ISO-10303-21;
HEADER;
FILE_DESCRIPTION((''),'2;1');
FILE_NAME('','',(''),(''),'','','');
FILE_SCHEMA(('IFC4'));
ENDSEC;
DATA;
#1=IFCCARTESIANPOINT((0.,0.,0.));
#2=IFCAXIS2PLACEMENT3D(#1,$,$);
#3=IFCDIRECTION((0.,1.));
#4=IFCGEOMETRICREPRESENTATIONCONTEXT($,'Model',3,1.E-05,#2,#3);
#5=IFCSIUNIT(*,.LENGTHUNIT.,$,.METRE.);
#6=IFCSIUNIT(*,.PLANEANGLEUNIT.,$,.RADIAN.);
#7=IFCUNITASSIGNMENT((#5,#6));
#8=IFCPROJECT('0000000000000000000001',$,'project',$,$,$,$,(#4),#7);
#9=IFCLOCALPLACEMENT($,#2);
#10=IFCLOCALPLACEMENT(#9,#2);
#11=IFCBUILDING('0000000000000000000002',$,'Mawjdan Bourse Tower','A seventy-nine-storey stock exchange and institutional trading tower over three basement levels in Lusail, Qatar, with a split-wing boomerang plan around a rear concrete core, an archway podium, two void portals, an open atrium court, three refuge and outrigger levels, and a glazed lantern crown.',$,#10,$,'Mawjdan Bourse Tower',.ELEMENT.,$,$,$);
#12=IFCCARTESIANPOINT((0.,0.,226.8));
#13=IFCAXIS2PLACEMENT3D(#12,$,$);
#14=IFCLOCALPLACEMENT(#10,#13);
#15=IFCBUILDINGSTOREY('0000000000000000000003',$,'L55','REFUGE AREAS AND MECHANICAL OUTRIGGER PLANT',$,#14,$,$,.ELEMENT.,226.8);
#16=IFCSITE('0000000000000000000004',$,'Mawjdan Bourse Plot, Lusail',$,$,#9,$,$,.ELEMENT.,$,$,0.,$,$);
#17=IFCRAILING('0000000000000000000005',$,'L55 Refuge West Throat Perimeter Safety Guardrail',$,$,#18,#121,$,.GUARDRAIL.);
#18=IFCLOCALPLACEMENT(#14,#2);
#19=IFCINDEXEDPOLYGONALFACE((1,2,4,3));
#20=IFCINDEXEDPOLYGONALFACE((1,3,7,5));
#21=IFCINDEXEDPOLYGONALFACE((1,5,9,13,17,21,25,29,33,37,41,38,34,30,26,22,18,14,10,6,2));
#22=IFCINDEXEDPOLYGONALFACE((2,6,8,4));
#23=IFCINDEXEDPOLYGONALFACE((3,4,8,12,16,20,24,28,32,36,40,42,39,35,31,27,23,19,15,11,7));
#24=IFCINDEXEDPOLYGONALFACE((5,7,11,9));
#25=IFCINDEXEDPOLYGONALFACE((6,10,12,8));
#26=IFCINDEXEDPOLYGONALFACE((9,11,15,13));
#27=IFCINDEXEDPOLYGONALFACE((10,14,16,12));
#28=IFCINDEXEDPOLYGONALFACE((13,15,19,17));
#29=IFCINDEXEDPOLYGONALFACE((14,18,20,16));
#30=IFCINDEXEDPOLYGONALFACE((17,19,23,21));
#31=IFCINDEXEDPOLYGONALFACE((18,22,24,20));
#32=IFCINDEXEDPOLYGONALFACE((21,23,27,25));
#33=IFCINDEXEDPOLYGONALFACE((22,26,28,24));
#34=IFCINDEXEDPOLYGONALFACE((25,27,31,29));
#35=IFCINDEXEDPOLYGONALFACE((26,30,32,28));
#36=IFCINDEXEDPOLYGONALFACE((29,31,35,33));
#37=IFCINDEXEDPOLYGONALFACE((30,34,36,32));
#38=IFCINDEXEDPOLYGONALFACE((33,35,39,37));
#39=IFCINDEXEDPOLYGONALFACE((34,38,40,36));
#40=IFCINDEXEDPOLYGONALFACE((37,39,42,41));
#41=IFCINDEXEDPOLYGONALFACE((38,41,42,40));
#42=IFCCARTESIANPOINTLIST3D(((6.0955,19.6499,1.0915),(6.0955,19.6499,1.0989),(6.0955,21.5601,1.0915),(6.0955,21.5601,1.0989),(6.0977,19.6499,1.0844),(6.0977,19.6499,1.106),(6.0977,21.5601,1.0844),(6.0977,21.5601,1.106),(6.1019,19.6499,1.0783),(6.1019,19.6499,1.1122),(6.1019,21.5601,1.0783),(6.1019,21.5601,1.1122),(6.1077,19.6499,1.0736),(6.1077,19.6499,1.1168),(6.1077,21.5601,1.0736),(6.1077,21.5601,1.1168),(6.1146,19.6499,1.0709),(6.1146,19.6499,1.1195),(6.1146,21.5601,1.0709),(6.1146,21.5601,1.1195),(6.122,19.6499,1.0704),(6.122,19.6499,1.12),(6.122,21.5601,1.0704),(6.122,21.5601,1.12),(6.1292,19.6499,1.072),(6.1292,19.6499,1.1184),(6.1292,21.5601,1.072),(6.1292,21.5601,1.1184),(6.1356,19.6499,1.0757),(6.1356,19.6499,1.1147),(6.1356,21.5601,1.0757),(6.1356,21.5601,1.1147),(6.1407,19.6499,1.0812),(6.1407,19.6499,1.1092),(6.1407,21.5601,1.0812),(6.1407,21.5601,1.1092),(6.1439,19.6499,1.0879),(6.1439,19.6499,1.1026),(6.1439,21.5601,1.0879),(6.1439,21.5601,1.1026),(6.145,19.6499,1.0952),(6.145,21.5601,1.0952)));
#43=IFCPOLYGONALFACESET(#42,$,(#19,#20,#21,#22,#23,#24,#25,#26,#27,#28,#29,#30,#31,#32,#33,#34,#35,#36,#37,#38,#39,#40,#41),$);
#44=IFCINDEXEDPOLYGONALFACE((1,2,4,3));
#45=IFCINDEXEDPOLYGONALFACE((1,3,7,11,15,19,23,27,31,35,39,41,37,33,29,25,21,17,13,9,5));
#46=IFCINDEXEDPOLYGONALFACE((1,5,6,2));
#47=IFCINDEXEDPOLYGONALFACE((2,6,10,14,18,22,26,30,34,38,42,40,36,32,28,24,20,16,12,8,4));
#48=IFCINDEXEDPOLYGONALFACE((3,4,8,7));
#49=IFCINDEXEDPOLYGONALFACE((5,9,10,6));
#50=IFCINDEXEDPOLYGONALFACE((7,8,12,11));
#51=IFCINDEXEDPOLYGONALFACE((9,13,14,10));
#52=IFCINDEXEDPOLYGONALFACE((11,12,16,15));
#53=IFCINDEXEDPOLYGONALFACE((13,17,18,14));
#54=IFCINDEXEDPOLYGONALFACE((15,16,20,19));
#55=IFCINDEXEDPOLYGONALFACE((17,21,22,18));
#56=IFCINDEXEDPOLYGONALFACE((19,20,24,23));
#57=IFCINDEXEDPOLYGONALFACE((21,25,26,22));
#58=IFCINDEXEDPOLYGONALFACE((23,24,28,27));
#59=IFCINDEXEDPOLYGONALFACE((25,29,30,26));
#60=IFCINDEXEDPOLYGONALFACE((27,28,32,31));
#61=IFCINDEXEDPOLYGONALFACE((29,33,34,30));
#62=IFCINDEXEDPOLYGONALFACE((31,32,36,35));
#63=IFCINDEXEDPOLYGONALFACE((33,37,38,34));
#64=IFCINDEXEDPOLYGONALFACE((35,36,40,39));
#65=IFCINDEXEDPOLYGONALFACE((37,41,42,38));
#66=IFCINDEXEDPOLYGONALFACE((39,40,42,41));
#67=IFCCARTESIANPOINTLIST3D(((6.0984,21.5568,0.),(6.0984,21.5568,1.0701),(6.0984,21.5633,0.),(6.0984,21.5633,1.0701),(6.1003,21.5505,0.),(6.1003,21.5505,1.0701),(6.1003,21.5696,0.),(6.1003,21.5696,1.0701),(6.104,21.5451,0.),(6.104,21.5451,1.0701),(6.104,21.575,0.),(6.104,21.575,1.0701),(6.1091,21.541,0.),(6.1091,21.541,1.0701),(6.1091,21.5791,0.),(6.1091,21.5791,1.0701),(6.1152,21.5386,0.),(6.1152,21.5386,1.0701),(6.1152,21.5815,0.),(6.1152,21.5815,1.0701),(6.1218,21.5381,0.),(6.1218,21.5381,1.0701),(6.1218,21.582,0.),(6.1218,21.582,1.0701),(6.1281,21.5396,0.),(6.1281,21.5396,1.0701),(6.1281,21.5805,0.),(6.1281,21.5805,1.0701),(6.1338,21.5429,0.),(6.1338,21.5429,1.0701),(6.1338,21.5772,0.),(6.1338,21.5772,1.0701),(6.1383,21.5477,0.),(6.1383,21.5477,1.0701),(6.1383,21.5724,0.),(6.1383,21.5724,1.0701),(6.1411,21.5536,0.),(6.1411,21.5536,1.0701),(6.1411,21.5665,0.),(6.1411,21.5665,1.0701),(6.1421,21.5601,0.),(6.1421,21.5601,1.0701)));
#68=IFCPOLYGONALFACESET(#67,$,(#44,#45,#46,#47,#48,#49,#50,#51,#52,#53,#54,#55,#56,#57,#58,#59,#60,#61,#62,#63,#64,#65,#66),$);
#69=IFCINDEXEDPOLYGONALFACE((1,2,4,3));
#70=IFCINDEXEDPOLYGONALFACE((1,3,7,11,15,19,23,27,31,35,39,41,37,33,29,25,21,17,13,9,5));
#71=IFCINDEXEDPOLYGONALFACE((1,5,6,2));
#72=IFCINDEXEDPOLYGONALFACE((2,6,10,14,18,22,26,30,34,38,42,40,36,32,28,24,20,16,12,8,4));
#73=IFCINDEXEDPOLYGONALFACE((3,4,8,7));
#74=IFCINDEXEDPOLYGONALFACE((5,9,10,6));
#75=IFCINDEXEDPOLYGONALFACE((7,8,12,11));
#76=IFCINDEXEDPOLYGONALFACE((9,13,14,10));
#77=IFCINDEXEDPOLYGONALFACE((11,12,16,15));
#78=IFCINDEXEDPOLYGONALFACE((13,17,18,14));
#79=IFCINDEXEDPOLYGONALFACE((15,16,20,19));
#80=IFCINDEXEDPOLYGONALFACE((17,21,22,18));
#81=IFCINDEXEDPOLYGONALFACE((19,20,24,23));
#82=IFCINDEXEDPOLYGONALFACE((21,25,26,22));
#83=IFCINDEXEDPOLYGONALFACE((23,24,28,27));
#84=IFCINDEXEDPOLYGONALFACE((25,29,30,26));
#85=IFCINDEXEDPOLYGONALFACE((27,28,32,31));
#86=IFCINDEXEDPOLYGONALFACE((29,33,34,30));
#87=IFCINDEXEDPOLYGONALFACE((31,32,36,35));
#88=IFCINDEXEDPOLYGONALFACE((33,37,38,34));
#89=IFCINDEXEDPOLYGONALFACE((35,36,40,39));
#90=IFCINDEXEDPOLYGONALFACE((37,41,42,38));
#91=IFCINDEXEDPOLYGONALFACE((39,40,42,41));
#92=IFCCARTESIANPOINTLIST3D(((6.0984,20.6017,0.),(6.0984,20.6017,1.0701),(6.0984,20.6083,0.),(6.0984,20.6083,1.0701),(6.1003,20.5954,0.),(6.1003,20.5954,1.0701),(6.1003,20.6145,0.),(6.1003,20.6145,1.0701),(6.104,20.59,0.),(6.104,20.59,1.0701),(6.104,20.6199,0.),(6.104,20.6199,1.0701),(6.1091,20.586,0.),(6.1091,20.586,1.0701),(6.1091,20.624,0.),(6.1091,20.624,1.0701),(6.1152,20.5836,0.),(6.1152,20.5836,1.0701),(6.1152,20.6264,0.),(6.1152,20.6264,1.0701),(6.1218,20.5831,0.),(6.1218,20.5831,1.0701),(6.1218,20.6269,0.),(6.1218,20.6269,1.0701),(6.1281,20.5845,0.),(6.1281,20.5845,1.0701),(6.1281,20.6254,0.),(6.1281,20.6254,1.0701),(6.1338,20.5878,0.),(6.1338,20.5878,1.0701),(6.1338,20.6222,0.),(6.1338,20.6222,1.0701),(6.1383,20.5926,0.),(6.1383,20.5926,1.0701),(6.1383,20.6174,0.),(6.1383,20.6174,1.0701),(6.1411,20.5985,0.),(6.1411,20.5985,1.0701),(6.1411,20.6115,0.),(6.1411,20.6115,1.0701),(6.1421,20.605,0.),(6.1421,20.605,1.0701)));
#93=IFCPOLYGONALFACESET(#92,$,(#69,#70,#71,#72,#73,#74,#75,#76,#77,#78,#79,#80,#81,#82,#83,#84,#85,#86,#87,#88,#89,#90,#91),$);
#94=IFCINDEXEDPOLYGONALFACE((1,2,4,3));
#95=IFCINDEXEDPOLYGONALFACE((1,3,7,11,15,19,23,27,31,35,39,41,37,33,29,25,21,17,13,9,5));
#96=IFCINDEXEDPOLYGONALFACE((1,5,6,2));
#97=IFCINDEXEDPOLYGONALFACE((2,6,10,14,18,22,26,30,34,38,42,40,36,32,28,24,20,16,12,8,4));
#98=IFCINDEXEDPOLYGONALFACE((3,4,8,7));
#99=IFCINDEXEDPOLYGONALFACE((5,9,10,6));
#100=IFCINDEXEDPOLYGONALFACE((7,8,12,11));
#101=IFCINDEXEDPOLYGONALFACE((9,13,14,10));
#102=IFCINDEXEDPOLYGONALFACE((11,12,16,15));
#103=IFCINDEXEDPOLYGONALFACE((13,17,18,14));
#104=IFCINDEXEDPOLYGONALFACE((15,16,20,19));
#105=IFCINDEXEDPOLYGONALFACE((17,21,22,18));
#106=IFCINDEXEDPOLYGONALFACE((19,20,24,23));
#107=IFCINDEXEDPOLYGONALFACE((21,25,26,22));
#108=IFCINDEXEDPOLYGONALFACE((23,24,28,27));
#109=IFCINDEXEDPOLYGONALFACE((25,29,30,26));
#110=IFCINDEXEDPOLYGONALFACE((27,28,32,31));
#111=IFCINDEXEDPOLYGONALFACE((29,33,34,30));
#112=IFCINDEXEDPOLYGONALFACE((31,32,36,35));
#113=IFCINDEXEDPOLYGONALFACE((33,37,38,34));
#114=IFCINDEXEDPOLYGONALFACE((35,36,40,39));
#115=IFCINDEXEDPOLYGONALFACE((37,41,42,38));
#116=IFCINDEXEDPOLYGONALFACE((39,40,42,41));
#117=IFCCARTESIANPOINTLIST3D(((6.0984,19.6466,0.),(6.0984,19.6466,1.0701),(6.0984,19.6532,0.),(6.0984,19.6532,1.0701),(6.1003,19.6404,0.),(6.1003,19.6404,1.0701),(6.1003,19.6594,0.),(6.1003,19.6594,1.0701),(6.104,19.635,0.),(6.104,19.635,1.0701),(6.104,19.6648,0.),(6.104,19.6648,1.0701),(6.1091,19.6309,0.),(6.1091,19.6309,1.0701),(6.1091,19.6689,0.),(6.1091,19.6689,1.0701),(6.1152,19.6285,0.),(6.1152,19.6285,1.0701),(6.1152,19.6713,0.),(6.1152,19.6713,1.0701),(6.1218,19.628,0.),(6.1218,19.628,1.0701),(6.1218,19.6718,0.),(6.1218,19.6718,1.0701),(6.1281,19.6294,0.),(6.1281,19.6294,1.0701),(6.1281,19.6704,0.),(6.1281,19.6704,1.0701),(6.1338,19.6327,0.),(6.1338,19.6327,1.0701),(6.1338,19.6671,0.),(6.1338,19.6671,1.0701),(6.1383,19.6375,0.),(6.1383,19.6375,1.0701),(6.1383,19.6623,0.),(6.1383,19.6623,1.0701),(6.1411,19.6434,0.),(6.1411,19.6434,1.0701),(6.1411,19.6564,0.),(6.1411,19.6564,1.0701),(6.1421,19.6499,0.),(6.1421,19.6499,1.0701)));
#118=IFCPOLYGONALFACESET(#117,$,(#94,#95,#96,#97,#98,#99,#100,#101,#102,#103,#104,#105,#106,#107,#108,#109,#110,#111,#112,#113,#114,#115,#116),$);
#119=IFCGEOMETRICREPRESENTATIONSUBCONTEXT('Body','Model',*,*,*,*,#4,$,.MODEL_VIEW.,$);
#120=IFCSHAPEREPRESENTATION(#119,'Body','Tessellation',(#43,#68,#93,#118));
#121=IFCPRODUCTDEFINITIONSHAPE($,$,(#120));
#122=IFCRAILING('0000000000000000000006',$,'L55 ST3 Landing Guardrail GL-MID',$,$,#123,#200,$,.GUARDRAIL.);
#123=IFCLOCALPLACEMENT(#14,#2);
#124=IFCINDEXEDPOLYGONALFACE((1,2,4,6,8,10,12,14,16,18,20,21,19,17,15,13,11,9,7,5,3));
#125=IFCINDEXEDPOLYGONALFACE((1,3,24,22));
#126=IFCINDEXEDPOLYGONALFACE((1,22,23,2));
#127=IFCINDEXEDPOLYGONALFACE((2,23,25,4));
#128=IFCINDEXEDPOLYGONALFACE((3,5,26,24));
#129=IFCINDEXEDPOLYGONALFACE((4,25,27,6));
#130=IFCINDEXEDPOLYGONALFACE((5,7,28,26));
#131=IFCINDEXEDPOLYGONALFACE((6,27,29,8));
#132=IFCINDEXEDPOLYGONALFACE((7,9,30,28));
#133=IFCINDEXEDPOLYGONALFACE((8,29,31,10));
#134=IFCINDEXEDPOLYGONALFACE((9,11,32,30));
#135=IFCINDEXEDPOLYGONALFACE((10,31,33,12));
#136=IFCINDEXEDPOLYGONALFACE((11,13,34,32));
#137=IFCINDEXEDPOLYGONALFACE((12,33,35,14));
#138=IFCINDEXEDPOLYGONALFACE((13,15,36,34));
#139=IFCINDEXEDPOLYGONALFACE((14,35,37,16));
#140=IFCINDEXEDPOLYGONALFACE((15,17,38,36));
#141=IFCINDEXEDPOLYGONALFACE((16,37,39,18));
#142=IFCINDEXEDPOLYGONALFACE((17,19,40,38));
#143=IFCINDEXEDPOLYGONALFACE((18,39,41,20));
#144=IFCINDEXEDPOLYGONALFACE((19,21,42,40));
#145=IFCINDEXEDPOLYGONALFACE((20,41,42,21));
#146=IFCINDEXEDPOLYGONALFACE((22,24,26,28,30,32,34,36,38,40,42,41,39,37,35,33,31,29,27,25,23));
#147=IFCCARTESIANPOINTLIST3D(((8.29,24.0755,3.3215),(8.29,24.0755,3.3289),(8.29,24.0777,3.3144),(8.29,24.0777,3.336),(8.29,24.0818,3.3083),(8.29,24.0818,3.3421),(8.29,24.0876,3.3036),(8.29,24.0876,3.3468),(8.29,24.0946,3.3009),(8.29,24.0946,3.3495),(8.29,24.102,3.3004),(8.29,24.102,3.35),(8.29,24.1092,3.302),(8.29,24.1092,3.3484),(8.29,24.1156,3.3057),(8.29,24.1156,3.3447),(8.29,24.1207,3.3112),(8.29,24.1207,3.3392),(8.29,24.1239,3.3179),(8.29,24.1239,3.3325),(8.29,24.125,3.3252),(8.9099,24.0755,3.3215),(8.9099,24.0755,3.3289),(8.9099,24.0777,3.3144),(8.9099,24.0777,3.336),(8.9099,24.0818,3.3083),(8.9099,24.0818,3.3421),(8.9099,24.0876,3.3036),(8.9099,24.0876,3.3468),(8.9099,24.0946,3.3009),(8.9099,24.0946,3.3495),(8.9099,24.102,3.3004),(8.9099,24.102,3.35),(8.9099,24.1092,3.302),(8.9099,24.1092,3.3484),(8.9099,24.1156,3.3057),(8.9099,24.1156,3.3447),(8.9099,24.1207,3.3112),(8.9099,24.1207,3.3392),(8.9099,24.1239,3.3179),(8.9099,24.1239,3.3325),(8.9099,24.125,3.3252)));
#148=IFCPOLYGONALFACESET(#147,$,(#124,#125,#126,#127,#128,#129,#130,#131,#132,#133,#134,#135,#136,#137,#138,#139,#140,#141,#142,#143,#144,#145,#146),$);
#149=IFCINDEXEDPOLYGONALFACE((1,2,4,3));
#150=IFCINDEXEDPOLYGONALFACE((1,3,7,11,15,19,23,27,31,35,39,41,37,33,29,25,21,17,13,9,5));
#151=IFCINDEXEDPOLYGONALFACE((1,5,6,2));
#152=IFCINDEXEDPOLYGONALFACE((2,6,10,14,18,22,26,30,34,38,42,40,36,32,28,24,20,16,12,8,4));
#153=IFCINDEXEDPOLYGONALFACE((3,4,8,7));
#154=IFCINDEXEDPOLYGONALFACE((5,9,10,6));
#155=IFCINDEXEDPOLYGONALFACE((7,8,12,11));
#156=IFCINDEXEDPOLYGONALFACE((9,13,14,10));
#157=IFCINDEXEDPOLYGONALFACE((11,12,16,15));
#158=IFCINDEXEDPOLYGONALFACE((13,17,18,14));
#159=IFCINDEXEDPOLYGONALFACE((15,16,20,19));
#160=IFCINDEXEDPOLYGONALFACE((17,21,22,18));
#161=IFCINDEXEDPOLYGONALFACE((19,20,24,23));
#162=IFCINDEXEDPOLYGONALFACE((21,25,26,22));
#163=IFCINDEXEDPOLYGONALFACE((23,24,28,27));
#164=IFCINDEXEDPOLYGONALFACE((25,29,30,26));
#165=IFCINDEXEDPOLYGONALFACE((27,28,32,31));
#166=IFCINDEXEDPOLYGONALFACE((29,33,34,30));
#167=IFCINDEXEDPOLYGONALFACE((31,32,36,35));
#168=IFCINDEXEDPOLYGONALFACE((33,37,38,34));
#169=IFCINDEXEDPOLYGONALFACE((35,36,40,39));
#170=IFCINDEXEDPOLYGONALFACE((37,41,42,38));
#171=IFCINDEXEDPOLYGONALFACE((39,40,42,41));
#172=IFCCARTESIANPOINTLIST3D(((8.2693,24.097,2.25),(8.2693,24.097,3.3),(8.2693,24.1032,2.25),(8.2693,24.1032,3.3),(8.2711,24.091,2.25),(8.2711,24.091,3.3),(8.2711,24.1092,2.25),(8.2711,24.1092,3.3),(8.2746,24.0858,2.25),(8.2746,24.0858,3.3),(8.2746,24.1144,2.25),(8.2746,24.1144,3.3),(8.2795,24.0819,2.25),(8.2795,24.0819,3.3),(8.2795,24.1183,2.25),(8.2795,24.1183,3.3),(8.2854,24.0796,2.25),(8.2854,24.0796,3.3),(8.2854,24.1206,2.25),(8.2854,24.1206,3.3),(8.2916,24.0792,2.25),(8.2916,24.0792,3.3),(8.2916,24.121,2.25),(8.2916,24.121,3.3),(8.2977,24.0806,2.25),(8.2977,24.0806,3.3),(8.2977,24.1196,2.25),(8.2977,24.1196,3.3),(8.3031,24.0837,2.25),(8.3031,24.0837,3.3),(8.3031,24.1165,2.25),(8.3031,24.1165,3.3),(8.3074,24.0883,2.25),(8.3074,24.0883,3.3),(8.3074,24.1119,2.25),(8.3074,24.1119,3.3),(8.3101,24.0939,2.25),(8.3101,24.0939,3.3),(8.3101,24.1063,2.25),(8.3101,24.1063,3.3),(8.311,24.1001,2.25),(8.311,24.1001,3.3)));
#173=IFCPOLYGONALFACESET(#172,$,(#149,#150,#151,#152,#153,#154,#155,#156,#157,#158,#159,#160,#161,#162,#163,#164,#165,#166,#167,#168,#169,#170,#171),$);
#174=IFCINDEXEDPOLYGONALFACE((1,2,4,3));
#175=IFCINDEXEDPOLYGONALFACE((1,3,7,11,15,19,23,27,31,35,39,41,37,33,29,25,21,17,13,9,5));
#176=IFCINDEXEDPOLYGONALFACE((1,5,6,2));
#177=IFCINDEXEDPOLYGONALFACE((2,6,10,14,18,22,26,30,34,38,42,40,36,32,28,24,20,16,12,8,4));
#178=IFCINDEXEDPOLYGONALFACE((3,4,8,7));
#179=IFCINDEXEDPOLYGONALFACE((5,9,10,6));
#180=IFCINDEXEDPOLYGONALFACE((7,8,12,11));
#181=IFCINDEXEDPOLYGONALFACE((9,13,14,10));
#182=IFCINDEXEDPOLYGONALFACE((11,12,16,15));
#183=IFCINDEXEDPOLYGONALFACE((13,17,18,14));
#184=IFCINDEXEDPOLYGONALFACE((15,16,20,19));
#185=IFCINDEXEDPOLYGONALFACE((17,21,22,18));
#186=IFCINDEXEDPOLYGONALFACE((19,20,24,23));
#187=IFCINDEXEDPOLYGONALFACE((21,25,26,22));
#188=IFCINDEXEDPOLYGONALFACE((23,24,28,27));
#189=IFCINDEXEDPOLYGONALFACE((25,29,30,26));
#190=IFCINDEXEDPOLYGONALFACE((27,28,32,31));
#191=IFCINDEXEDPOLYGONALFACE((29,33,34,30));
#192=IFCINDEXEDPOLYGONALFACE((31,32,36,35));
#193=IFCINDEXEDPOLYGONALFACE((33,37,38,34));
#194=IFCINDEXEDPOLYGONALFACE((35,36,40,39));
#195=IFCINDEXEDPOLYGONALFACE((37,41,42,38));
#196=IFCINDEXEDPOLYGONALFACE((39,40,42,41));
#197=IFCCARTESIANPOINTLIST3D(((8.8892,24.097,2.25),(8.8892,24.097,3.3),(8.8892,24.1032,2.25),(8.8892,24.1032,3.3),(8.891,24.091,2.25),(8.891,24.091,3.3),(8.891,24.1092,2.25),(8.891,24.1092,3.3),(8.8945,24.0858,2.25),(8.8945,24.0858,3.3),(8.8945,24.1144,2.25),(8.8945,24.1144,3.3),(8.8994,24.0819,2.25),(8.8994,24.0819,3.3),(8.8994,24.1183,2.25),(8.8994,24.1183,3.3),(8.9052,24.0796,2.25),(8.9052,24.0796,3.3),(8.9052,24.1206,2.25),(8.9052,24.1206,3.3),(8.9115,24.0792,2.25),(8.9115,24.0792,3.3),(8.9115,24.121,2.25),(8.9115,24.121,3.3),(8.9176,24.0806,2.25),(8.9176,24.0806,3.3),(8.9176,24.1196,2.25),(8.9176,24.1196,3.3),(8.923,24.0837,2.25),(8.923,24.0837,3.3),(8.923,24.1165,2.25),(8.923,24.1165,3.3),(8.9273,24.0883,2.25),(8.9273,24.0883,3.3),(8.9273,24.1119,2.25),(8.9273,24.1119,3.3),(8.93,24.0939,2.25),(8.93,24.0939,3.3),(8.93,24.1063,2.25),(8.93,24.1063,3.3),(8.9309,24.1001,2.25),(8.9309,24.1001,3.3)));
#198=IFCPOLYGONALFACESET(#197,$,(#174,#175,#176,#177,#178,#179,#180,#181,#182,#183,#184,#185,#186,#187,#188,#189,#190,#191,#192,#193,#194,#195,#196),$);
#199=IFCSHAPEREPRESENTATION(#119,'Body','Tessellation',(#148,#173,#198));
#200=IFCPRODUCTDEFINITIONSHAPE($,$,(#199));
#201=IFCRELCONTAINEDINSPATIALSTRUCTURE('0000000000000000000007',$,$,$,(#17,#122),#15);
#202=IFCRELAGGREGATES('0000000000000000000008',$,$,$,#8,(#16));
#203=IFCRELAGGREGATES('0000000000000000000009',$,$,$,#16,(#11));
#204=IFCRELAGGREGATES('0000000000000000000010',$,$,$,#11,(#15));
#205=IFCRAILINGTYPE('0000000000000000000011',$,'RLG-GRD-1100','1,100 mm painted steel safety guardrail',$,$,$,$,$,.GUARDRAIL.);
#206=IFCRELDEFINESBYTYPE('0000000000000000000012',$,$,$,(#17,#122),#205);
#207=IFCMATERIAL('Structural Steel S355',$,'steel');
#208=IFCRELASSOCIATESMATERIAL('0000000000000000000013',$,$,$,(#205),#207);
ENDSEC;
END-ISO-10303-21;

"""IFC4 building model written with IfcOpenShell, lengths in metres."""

from ifc_helpers import new_model, si_unit, direction, frame, origin, origin_2d, place, context, subcontext, project, spatial, circle, extrude, material, type_object, element, save


model = new_model("IFC4")

# Units and contexts
model_context = context("Model", 3, precision=1e-05, world=origin(), true_north=direction((0.0, 1.0)))
body_context = subcontext(model_context, "Body", "Model", "MODEL_VIEW")
ifc_project = project(units=[si_unit("LENGTHUNIT", "METRE"), si_unit("PLANEANGLEUNIT", "RADIAN")], contexts=[model_context])

# Site, building, storey
site_placement = place(None, origin())
site = spatial("IfcSite", under=ifc_project, at=site_placement, Name="Mawjdan Bourse Plot, Lusail", CompositionType="ELEMENT", RefElevation=0.0)
building_placement = place(site_placement, origin())
building = spatial("IfcBuilding", under=site, at=building_placement, Name="Mawjdan Bourse Tower", Description="A seventy-nine-storey stock exchange and institutional trading tower over three basement levels in Lusail, Qatar, with a split-wing boomerang plan around a rear concrete core, an archway podium, two void portals, an open atrium court, three refuge and outrigger levels, and a glazed lantern crown.", LongName="Mawjdan Bourse Tower", CompositionType="ELEMENT")
storey_placement = place(building_placement, frame((0.0, 0.0, 226.8)))
storey = spatial("IfcBuildingStorey", under=building, at=storey_placement, Name="L55", Description="REFUGE AREAS AND MECHANICAL OUTRIGGER PLANT", CompositionType="ELEMENT", Elevation=226.8)

# Shared definitions
ifc_material_1 = material(Name="Structural Steel S355", Category="steel")

# Railings
railing_type_1 = type_object("IfcRailingType", Name="RLG-GRD-1100", Description="1,100 mm painted steel safety guardrail", PredefinedType="GUARDRAIL", material=ifc_material_1)
railing_1_placement = place(storey_placement, frame((6.1201, 21.5601, 0.0)))
element("IfcRailing", 1, at=railing_1_placement, inside=storey, type_object=railing_type_1, Name="L55 Refuge West Throat Perimeter Safety Guardrail", PredefinedType="GUARDRAIL", context=body_context, shape_type="SweptSolid", body=[
    extrude(circle(Radius=0.0249, at=origin_2d()), frame((0.0, 0.0, 1.0952), z_axis=(0.0, -1.0, 0.0), x_axis=(1.0, 0.0, 0.0)), (0.0, 0.0, 1.0), 1.9102),
    extrude(circle(Radius=0.022, at=origin_2d()), origin(), (0.0, 0.0, 1.0), 1.0701),
    extrude(circle(Radius=0.022, at=origin_2d()), frame((0.0, -0.9551, 0.0)), (0.0, 0.0, 1.0), 1.0701),
    extrude(circle(Radius=0.022, at=origin_2d()), frame((0.0, -1.9102, 0.0)), (0.0, 0.0, 1.0), 1.0701),
])
for number, where, name in (
    (2, (8.29, 24.1001, 2.25), "L55 ST3 Landing Guardrail GL-MID"),
):
    element("IfcRailing", number, at=place(storey_placement, frame(where)), inside=storey, type_object=railing_type_1, Name=name, PredefinedType="GUARDRAIL", context=body_context, shape_type="SweptSolid", body=[
        extrude(circle(Radius=0.0249, at=origin_2d()), frame((0.0, 0.0, 1.0752), z_axis=(1.0, 0.0, 0.0), x_axis=(0.0, 1.0, 0.0)), (0.0, 0.0, 1.0), 0.6199),
        extrude(circle(Radius=0.021, at=origin_2d()), origin(), (0.0, 0.0, 1.0), 1.05),
        extrude(circle(Radius=0.021, at=origin_2d()), frame((0.6199, 0.0, 0.0)), (0.0, 0.0, 1.0), 1.05),
    ])

save(model, "model.ifc")
